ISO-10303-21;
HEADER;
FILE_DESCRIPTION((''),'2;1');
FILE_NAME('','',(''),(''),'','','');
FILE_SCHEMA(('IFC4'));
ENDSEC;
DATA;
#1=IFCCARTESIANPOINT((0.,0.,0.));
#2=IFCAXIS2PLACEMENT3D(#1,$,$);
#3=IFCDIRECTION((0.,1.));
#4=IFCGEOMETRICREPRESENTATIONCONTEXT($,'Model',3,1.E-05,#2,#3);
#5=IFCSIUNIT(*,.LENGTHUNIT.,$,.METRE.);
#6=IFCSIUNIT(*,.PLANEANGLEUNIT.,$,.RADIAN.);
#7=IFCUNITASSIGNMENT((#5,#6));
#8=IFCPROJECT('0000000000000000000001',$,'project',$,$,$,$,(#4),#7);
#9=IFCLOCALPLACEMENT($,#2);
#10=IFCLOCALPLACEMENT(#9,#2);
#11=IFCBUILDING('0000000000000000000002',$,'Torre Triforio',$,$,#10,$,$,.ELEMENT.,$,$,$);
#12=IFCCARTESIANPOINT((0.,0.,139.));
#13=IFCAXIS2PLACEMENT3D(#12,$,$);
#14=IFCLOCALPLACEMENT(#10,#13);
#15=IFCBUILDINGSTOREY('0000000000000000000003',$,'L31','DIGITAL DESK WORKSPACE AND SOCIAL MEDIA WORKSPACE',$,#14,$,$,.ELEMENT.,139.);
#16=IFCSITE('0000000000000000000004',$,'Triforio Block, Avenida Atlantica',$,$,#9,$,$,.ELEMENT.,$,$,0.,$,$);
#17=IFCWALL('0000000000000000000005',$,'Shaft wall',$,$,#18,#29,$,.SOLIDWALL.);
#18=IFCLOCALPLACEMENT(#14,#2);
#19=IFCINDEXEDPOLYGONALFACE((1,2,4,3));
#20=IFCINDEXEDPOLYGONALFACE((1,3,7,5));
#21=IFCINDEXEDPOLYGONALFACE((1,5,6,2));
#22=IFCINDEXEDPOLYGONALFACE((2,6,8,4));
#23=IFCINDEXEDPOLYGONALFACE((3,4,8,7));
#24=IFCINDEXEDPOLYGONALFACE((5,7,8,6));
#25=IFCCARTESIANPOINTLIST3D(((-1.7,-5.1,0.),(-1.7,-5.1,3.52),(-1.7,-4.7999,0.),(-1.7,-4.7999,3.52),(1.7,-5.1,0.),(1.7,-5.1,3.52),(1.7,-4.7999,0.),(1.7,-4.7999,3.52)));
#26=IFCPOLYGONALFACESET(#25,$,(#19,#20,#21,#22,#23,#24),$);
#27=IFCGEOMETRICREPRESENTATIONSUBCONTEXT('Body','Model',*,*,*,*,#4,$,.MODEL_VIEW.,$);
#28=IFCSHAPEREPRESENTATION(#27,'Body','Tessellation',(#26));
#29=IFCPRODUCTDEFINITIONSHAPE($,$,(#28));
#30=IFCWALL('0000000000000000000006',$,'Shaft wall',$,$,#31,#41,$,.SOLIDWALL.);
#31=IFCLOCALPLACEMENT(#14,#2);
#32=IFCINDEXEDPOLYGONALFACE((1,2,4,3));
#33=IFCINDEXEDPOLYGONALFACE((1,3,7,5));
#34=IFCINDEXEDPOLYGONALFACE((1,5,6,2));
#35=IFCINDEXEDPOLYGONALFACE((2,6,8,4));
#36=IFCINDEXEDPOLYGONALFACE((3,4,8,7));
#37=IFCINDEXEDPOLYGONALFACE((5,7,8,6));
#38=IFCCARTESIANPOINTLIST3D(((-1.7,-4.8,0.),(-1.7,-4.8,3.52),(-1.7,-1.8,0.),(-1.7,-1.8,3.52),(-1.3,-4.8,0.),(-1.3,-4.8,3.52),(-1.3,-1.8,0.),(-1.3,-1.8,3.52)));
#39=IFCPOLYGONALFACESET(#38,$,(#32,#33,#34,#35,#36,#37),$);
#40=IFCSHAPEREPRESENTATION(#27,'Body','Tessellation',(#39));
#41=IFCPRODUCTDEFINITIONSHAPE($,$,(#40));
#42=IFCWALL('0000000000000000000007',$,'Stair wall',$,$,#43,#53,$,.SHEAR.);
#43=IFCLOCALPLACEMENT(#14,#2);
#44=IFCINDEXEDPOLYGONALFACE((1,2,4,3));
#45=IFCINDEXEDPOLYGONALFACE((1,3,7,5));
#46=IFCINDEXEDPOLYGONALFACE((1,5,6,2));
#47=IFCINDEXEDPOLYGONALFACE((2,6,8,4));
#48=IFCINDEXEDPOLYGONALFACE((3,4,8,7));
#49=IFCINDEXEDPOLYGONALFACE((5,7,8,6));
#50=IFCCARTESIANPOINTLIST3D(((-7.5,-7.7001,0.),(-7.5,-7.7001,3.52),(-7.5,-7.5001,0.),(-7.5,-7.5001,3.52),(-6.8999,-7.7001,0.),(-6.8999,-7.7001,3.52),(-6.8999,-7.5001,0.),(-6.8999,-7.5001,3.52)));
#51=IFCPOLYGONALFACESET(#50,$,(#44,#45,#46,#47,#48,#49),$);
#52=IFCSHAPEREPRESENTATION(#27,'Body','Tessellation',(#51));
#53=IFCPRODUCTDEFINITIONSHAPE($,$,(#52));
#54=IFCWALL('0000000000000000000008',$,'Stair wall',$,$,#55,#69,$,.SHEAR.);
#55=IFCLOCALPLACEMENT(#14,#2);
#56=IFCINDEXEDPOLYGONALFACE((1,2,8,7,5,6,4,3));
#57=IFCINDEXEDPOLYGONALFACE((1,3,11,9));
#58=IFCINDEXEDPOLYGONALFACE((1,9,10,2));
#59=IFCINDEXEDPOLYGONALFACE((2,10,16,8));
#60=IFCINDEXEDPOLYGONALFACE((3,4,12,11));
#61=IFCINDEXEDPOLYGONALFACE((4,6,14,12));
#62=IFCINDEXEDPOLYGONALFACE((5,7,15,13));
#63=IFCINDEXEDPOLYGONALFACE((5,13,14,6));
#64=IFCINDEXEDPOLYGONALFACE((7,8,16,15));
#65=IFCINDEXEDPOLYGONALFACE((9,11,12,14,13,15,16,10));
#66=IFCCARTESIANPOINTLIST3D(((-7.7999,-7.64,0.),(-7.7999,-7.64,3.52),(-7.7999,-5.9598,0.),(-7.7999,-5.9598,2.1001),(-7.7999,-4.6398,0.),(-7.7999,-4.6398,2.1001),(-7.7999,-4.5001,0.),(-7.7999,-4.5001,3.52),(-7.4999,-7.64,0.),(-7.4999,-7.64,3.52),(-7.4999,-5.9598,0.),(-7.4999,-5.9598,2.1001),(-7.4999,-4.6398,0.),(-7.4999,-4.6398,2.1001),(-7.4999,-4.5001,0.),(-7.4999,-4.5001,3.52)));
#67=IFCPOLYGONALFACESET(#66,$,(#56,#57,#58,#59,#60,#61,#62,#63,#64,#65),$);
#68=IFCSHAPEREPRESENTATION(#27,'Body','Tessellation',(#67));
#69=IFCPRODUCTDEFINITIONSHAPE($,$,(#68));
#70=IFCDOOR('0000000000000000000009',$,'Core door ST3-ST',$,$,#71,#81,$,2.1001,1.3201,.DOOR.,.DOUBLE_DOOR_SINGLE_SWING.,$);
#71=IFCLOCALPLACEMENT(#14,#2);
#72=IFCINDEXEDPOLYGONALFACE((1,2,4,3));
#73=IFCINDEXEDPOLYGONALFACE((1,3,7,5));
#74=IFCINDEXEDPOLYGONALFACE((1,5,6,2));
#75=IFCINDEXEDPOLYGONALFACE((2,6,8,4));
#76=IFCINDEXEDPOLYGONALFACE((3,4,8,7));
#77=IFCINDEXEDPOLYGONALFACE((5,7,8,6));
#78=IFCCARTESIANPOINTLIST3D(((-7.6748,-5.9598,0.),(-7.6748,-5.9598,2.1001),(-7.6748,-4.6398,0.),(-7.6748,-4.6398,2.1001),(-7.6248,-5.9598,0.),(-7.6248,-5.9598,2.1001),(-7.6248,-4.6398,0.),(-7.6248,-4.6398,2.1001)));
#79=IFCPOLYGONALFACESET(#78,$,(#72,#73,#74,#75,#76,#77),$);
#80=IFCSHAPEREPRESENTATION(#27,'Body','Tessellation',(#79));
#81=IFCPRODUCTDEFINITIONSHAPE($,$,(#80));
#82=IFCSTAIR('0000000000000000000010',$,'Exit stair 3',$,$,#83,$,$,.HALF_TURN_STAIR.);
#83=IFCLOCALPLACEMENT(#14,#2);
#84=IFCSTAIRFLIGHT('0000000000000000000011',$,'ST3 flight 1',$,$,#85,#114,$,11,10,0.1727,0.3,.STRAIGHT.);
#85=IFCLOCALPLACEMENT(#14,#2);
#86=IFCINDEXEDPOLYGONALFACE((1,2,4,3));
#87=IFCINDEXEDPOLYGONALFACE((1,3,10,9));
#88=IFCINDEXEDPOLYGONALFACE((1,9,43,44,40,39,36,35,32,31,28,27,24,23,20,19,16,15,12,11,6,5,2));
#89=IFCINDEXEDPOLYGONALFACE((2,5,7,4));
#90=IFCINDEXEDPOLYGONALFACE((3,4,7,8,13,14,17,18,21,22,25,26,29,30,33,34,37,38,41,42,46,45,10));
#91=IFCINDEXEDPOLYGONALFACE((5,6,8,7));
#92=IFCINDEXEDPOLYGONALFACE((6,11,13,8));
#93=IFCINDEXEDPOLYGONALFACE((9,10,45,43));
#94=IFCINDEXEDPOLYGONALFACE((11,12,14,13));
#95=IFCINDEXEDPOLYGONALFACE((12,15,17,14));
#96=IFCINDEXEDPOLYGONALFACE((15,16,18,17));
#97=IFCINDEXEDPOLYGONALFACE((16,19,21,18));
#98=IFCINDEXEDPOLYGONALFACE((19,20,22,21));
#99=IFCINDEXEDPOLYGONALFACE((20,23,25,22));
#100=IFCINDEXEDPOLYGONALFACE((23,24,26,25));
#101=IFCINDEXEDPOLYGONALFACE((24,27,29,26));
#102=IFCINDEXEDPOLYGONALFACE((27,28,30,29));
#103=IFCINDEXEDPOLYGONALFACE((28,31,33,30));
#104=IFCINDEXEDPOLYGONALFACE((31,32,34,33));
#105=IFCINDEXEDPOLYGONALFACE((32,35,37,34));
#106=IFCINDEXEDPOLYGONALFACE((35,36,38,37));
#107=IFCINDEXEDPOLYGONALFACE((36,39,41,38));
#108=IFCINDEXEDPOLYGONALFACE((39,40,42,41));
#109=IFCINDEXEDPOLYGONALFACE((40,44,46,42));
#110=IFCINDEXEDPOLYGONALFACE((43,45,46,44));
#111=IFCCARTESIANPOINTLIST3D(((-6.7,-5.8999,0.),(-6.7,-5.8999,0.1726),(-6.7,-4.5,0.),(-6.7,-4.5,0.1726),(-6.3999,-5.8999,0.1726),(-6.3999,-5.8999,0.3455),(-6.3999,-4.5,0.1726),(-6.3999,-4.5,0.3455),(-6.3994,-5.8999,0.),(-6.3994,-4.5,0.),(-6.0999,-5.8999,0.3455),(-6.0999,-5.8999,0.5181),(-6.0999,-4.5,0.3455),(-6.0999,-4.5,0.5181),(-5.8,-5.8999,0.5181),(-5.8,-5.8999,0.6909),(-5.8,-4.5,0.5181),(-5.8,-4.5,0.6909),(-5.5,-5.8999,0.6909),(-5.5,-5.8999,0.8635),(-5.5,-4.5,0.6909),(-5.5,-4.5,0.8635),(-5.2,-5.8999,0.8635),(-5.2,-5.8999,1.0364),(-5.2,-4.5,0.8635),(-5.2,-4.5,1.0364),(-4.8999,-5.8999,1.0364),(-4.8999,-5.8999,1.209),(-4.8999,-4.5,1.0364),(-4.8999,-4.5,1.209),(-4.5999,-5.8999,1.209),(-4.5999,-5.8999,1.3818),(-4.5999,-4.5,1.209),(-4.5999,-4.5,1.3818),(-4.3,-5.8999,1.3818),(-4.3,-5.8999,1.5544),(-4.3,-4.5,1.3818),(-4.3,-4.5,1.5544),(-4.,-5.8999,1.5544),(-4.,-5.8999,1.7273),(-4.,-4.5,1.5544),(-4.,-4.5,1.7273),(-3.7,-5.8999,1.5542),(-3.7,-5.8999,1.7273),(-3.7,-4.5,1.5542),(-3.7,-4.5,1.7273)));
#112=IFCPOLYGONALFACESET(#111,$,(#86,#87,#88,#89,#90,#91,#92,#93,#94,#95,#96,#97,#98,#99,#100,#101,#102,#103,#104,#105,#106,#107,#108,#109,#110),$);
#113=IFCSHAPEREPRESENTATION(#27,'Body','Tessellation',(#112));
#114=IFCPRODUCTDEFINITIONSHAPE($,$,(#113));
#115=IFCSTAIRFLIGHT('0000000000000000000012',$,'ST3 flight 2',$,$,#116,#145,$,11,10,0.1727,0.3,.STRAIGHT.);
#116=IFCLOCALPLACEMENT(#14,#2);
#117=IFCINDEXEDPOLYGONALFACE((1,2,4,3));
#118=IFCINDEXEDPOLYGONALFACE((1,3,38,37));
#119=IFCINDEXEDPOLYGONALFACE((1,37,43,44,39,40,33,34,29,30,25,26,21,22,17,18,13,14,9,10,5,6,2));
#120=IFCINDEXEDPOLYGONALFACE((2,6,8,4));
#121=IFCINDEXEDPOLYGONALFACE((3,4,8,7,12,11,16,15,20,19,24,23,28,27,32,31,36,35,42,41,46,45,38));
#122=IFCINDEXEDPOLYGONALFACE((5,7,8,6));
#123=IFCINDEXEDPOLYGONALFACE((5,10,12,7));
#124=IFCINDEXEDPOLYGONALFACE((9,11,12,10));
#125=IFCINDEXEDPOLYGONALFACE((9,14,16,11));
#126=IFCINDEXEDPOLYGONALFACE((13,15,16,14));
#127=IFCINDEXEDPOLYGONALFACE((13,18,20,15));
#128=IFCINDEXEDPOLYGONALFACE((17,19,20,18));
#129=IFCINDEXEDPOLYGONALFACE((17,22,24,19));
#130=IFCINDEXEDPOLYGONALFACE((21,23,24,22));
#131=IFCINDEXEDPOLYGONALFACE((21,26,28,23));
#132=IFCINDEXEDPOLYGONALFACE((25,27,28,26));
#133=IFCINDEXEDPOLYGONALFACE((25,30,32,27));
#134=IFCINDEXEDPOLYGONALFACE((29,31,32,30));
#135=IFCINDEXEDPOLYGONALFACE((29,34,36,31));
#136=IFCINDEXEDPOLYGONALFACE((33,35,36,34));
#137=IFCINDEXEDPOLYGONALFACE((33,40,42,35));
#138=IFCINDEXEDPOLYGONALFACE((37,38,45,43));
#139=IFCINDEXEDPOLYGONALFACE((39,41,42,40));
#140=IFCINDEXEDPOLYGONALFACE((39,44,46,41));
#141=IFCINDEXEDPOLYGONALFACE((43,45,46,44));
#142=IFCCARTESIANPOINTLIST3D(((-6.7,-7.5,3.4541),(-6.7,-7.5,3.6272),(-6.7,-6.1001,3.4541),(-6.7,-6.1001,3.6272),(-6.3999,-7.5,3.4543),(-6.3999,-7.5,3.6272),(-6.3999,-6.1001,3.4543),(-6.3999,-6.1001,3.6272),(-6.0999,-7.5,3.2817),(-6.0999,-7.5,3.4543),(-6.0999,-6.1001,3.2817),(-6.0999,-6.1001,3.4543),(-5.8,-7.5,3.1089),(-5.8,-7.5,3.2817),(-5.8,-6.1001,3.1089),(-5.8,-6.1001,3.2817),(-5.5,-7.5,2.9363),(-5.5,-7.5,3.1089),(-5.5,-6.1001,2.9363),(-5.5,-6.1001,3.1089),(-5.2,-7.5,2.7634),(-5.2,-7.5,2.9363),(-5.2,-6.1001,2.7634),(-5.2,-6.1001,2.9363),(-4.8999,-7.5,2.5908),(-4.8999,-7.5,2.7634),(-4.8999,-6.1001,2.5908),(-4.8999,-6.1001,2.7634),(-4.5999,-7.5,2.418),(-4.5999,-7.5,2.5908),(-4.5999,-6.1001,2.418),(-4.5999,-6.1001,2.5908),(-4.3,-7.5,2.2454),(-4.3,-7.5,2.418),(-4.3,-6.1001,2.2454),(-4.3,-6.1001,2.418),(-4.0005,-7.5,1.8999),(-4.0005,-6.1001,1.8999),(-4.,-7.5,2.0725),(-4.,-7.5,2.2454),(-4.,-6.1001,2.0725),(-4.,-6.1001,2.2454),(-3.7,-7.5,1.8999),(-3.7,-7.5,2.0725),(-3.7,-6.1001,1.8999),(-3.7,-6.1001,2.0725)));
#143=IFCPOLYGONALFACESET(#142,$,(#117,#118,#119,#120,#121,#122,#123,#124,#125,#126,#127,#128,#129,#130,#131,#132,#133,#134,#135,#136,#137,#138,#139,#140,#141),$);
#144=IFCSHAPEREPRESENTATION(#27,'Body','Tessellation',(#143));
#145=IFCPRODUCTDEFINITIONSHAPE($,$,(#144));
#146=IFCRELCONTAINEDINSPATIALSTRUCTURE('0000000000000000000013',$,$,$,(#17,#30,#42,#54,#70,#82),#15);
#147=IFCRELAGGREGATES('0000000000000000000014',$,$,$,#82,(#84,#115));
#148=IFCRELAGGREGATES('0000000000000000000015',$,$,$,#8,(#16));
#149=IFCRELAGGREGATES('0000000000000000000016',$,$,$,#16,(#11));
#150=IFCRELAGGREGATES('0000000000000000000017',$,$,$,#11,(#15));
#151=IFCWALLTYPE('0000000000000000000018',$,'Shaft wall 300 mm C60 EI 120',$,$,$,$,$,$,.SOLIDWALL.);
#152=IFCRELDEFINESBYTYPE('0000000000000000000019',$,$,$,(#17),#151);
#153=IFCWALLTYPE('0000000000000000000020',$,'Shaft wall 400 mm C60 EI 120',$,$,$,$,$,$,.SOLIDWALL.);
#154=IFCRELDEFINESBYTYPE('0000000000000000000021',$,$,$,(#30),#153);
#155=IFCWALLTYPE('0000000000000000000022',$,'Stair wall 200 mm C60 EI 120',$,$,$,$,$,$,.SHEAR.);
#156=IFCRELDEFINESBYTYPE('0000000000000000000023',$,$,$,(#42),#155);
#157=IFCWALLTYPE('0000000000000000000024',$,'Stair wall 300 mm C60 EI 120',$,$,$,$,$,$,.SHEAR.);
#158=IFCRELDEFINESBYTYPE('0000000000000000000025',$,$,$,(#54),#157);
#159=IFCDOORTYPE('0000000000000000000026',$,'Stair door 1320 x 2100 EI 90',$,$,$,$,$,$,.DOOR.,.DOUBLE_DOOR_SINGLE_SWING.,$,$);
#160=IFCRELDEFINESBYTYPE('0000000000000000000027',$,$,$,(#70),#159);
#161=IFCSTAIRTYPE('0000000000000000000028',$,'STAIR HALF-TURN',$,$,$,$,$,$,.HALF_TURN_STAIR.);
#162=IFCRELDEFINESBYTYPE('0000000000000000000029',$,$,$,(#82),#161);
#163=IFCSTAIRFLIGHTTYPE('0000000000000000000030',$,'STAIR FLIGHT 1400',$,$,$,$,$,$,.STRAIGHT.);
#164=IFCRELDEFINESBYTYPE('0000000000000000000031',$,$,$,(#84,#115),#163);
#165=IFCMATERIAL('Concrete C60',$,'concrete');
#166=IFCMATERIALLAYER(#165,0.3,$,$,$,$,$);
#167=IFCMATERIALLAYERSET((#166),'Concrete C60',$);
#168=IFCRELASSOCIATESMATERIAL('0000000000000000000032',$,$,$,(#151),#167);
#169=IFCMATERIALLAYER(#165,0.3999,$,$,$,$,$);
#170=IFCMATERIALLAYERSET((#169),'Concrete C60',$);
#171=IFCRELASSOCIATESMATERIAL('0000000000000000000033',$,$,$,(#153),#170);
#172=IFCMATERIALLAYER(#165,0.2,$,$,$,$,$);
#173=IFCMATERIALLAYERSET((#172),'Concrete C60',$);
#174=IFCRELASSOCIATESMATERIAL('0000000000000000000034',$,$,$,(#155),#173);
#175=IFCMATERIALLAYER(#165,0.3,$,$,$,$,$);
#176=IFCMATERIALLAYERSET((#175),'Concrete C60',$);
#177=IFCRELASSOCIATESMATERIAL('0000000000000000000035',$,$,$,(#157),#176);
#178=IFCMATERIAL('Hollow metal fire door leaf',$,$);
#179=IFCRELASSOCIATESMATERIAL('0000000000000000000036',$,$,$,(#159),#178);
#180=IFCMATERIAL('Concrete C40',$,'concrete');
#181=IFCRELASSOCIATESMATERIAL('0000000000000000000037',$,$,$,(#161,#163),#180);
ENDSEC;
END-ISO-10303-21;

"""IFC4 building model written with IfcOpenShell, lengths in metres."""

from ifc_helpers import new_model, si_unit, direction, frame, frame_2d, origin, place, context, subcontext, project, spatial, polyline, rectangle, outline, extrude, material, layer, layer_set, type_object, element, fill, aggregate, save


model = new_model("IFC4")

# Units and contexts
model_context = context("Model", 3, precision=1e-05, world=origin(), true_north=direction((0.0, 1.0)))
body_context = subcontext(model_context, "Body", "Model", "MODEL_VIEW")
ifc_project = project(units=[si_unit("LENGTHUNIT", "METRE"), si_unit("PLANEANGLEUNIT", "RADIAN")], contexts=[model_context])

# Site, building, storey
site_placement = place(None, origin())
site = spatial("IfcSite", under=ifc_project, at=site_placement, Name="Triforio Block, Avenida Atlantica", CompositionType="ELEMENT", RefElevation=0.0)
building_placement = place(site_placement, origin())
building = spatial("IfcBuilding", under=site, at=building_placement, Name="Torre Triforio", CompositionType="ELEMENT")
storey_placement = place(building_placement, frame((0.0, 0.0, 139.0)))
storey = spatial("IfcBuildingStorey", under=building, at=storey_placement, Name="L31", Description="DIGITAL DESK WORKSPACE AND SOCIAL MEDIA WORKSPACE", CompositionType="ELEMENT", Elevation=139.0)

# Shared definitions
ifc_material_1 = material(Name="Hollow metal fire door leaf")

# Shared definitions
ifc_material_2 = material(Name="Concrete C60", Category="concrete")
ifc_layer_1 = layer(ifc_material_2, 0.3)
ifc_layer_set_1 = layer_set([ifc_layer_1], Name="Concrete C60")
wall_type_1 = type_object("IfcWallType", Name="Shaft wall 300 mm C60 EI 120", PredefinedType="SOLIDWALL", material=ifc_layer_set_1)

# Walls
wall_1_placement = place(storey_placement, frame((-1.7, -4.95, 0.0), z_axis=(0.0, 0.0, 1.0), x_axis=(1.0, 0.0, 0.0)))
element("IfcWall", 1, at=wall_1_placement, inside=storey, type_object=wall_type_1, Name="Shaft wall", PredefinedType="SOLIDWALL", context=body_context, shape_type="SweptSolid", body=[
    extrude(rectangle(XDim=3.3999, YDim=0.3, at=frame_2d((1.7, 0.0))), origin(), (0.0, 0.0, 1.0), 3.52),
])
ifc_layer_2 = layer(ifc_material_2, 0.3999)
ifc_layer_set_2 = layer_set([ifc_layer_2], Name="Concrete C60")
wall_type_2 = type_object("IfcWallType", Name="Shaft wall 400 mm C60 EI 120", PredefinedType="SOLIDWALL", material=ifc_layer_set_2)
wall_2_placement = place(storey_placement, frame((-1.5, -4.8, 0.0), z_axis=(0.0, 0.0, 1.0), x_axis=(0.0, 1.0, 0.0)))
element("IfcWall", 2, at=wall_2_placement, inside=storey, type_object=wall_type_2, Name="Shaft wall", PredefinedType="SOLIDWALL", context=body_context, shape_type="SweptSolid", body=[
    extrude(rectangle(XDim=3.0, YDim=0.3999, at=frame_2d((1.5, 0.0))), origin(), (0.0, 0.0, 1.0), 3.52),
])
ifc_layer_3 = layer(ifc_material_2, 0.2)
ifc_layer_set_3 = layer_set([ifc_layer_3], Name="Concrete C60")
wall_type_3 = type_object("IfcWallType", Name="Stair wall 200 mm C60 EI 120", PredefinedType="SHEAR", material=ifc_layer_set_3)
wall_3_placement = place(storey_placement, frame((-7.5, -7.6001, 0.0), z_axis=(0.0, 0.0, 1.0), x_axis=(1.0, 0.0, 0.0)))
element("IfcWall", 3, at=wall_3_placement, inside=storey, type_object=wall_type_3, Name="Stair wall", PredefinedType="SHEAR", context=body_context, shape_type="SweptSolid", body=[
    extrude(rectangle(XDim=0.6001, YDim=0.2, at=frame_2d((0.3, 0.0))), origin(), (0.0, 0.0, 1.0), 3.52),
])

# Wall, opening, door
ifc_layer_4 = layer(ifc_material_2, 0.3)
ifc_layer_set_4 = layer_set([ifc_layer_4], Name="Concrete C60")
wall_type_4 = type_object("IfcWallType", Name="Stair wall 300 mm C60 EI 120", PredefinedType="SHEAR", material=ifc_layer_set_4)
wall_4_placement = place(storey_placement, frame((-7.6499, -7.6399, 0.0), z_axis=(0.0, 0.0, 1.0), x_axis=(0.0, 1.0, 0.0)))
wall_4 = element("IfcWall", 4, at=wall_4_placement, inside=storey, type_object=wall_type_4, Name="Stair wall", PredefinedType="SHEAR", context=body_context, shape_type="SweptSolid", body=[
    extrude(rectangle(XDim=3.1399, YDim=0.3, at=frame_2d((1.5698, 0.0))), origin(), (0.0, 0.0, 1.0), 3.52),
])
opening_1_placement = place(wall_4_placement, frame((1.6799, 0.0, 0.0)))
opening_1 = element("IfcOpeningElement", 5, at=opening_1_placement, cuts=wall_4, PredefinedType="OPENING", context=body_context, shape_type="SweptSolid", body=[
    extrude(rectangle(XDim=1.3201, YDim=2.1001, at=frame_2d((0.6602, 1.05))), frame((0.0, 0.1599, 0.0), z_axis=(0.0, -1.0, 0.0), x_axis=(1.0, 0.0, 0.0)), (0.0, 0.0, 1.0), 0.3201),
])
door_type_1 = type_object("IfcDoorType", Name="Stair door 1320 x 2100 EI 90", OperationType="DOUBLE_DOOR_SINGLE_SWING", PredefinedType="DOOR", material=ifc_material_1)
door_1_placement = place(opening_1_placement, origin())
door_1 = element("IfcDoor", 6, at=door_1_placement, inside=storey, type_object=door_type_1, Name="Core door ST3-ST", OperationType="DOUBLE_DOOR_SINGLE_SWING", OverallHeight=2.1001, OverallWidth=1.3201, PredefinedType="DOOR", context=body_context, shape_type="SweptSolid", body=[
    extrude(rectangle(XDim=1.3201, YDim=2.1001, at=frame_2d((0.6602, 1.05))), frame((0.0, 0.0249, 0.0), z_axis=(0.0, -1.0, 0.0), x_axis=(1.0, 0.0, 0.0)), (0.0, 0.0, 1.0), 0.05),
])
fill(opening_1, door_1)

# Stair, stair flights
ifc_material_3 = material(Name="Concrete C40", Category="concrete")
stair_type = type_object("IfcStairType", Name="STAIR HALF-TURN", PredefinedType="HALF_TURN_STAIR", material=ifc_material_3)
stair_placement = place(storey_placement, origin())
stair = element("IfcStair", 7, at=stair_placement, inside=storey, type_object=stair_type, Name="Exit stair 3", PredefinedType="HALF_TURN_STAIR")
stair_flight_type = type_object("IfcStairFlightType", Name="STAIR FLIGHT 1400", PredefinedType="STRAIGHT", material=ifc_material_3)
stair_flight_1_placement = place(storey_placement, frame((-6.7, -5.2, 0.0), z_axis=(0.0, 0.0, 1.0), x_axis=(1.0, 0.0, 0.0)))
stair_flight_1 = element("IfcStairFlight", 8, at=stair_flight_1_placement, type_object=stair_flight_type, Name="ST3 flight 1", NumberOfRisers=11, NumberOfTreads=10, PredefinedType="STRAIGHT", RiserHeight=0.1727, TreadLength=0.3, context=body_context, shape_type="SweptSolid", body=[
    extrude(outline(polyline([(0.0, 0.0), (0.0, 0.1726), (0.3, 0.1726), (0.3, 0.3455), (0.6001, 0.3455), (0.6001, 0.5181), (0.8999, 0.5181), (0.8999, 0.6909), (1.2, 0.6909), (1.2, 0.8635), (1.5, 0.8635), (1.5, 1.0364), (1.8, 1.0364), (1.8, 1.209), (2.1001, 1.209), (2.1001, 1.3818), (2.3999, 1.3818), (2.3999, 1.5544), (2.7, 1.5544), (2.7, 1.7273), (3.0, 1.7273), (3.0, 1.8999), (3.0, 1.5542), (0.3005, 0.0), (0.0, 0.0)])), frame((0.0, 0.7, 0.0), z_axis=(0.0, -1.0, 0.0), x_axis=(1.0, 0.0, 0.0)), (0.0, 0.0, 1.0), 1.3999),
])
stair_flight_2_placement = place(storey_placement, frame((-3.7, -6.8, 1.8999), z_axis=(0.0, 0.0, 1.0), x_axis=(-1.0, 0.0, 0.0)))
stair_flight_2 = element("IfcStairFlight", 9, at=stair_flight_2_placement, type_object=stair_flight_type, Name="ST3 flight 2", NumberOfRisers=11, NumberOfTreads=10, PredefinedType="STRAIGHT", RiserHeight=0.1727, TreadLength=0.3, context=body_context, shape_type="SweptSolid", body=[
    extrude(outline(polyline([(0.0, 0.0), (0.0, 0.1726), (0.3, 0.1726), (0.3, 0.3455), (0.6001, 0.3455), (0.6001, 0.5181), (0.8999, 0.5181), (0.8999, 0.6909), (1.2, 0.6909), (1.2, 0.8635), (1.5, 0.8635), (1.5, 1.0364), (1.8, 1.0364), (1.8, 1.209), (2.1001, 1.209), (2.1001, 1.3818), (2.3999, 1.3818), (2.3999, 1.5544), (2.7, 1.5544), (2.7, 1.7273), (3.0, 1.7273), (3.0, 1.8999), (3.0, 1.5542), (0.3005, 0.0), (0.0, 0.0)])), frame((0.0, 0.7, 0.0), z_axis=(0.0, -1.0, 0.0), x_axis=(1.0, 0.0, 0.0)), (0.0, 0.0, 1.0), 1.3999),
])
aggregate(stair, [stair_flight_1, stair_flight_2])

save(model, "model.ifc")
